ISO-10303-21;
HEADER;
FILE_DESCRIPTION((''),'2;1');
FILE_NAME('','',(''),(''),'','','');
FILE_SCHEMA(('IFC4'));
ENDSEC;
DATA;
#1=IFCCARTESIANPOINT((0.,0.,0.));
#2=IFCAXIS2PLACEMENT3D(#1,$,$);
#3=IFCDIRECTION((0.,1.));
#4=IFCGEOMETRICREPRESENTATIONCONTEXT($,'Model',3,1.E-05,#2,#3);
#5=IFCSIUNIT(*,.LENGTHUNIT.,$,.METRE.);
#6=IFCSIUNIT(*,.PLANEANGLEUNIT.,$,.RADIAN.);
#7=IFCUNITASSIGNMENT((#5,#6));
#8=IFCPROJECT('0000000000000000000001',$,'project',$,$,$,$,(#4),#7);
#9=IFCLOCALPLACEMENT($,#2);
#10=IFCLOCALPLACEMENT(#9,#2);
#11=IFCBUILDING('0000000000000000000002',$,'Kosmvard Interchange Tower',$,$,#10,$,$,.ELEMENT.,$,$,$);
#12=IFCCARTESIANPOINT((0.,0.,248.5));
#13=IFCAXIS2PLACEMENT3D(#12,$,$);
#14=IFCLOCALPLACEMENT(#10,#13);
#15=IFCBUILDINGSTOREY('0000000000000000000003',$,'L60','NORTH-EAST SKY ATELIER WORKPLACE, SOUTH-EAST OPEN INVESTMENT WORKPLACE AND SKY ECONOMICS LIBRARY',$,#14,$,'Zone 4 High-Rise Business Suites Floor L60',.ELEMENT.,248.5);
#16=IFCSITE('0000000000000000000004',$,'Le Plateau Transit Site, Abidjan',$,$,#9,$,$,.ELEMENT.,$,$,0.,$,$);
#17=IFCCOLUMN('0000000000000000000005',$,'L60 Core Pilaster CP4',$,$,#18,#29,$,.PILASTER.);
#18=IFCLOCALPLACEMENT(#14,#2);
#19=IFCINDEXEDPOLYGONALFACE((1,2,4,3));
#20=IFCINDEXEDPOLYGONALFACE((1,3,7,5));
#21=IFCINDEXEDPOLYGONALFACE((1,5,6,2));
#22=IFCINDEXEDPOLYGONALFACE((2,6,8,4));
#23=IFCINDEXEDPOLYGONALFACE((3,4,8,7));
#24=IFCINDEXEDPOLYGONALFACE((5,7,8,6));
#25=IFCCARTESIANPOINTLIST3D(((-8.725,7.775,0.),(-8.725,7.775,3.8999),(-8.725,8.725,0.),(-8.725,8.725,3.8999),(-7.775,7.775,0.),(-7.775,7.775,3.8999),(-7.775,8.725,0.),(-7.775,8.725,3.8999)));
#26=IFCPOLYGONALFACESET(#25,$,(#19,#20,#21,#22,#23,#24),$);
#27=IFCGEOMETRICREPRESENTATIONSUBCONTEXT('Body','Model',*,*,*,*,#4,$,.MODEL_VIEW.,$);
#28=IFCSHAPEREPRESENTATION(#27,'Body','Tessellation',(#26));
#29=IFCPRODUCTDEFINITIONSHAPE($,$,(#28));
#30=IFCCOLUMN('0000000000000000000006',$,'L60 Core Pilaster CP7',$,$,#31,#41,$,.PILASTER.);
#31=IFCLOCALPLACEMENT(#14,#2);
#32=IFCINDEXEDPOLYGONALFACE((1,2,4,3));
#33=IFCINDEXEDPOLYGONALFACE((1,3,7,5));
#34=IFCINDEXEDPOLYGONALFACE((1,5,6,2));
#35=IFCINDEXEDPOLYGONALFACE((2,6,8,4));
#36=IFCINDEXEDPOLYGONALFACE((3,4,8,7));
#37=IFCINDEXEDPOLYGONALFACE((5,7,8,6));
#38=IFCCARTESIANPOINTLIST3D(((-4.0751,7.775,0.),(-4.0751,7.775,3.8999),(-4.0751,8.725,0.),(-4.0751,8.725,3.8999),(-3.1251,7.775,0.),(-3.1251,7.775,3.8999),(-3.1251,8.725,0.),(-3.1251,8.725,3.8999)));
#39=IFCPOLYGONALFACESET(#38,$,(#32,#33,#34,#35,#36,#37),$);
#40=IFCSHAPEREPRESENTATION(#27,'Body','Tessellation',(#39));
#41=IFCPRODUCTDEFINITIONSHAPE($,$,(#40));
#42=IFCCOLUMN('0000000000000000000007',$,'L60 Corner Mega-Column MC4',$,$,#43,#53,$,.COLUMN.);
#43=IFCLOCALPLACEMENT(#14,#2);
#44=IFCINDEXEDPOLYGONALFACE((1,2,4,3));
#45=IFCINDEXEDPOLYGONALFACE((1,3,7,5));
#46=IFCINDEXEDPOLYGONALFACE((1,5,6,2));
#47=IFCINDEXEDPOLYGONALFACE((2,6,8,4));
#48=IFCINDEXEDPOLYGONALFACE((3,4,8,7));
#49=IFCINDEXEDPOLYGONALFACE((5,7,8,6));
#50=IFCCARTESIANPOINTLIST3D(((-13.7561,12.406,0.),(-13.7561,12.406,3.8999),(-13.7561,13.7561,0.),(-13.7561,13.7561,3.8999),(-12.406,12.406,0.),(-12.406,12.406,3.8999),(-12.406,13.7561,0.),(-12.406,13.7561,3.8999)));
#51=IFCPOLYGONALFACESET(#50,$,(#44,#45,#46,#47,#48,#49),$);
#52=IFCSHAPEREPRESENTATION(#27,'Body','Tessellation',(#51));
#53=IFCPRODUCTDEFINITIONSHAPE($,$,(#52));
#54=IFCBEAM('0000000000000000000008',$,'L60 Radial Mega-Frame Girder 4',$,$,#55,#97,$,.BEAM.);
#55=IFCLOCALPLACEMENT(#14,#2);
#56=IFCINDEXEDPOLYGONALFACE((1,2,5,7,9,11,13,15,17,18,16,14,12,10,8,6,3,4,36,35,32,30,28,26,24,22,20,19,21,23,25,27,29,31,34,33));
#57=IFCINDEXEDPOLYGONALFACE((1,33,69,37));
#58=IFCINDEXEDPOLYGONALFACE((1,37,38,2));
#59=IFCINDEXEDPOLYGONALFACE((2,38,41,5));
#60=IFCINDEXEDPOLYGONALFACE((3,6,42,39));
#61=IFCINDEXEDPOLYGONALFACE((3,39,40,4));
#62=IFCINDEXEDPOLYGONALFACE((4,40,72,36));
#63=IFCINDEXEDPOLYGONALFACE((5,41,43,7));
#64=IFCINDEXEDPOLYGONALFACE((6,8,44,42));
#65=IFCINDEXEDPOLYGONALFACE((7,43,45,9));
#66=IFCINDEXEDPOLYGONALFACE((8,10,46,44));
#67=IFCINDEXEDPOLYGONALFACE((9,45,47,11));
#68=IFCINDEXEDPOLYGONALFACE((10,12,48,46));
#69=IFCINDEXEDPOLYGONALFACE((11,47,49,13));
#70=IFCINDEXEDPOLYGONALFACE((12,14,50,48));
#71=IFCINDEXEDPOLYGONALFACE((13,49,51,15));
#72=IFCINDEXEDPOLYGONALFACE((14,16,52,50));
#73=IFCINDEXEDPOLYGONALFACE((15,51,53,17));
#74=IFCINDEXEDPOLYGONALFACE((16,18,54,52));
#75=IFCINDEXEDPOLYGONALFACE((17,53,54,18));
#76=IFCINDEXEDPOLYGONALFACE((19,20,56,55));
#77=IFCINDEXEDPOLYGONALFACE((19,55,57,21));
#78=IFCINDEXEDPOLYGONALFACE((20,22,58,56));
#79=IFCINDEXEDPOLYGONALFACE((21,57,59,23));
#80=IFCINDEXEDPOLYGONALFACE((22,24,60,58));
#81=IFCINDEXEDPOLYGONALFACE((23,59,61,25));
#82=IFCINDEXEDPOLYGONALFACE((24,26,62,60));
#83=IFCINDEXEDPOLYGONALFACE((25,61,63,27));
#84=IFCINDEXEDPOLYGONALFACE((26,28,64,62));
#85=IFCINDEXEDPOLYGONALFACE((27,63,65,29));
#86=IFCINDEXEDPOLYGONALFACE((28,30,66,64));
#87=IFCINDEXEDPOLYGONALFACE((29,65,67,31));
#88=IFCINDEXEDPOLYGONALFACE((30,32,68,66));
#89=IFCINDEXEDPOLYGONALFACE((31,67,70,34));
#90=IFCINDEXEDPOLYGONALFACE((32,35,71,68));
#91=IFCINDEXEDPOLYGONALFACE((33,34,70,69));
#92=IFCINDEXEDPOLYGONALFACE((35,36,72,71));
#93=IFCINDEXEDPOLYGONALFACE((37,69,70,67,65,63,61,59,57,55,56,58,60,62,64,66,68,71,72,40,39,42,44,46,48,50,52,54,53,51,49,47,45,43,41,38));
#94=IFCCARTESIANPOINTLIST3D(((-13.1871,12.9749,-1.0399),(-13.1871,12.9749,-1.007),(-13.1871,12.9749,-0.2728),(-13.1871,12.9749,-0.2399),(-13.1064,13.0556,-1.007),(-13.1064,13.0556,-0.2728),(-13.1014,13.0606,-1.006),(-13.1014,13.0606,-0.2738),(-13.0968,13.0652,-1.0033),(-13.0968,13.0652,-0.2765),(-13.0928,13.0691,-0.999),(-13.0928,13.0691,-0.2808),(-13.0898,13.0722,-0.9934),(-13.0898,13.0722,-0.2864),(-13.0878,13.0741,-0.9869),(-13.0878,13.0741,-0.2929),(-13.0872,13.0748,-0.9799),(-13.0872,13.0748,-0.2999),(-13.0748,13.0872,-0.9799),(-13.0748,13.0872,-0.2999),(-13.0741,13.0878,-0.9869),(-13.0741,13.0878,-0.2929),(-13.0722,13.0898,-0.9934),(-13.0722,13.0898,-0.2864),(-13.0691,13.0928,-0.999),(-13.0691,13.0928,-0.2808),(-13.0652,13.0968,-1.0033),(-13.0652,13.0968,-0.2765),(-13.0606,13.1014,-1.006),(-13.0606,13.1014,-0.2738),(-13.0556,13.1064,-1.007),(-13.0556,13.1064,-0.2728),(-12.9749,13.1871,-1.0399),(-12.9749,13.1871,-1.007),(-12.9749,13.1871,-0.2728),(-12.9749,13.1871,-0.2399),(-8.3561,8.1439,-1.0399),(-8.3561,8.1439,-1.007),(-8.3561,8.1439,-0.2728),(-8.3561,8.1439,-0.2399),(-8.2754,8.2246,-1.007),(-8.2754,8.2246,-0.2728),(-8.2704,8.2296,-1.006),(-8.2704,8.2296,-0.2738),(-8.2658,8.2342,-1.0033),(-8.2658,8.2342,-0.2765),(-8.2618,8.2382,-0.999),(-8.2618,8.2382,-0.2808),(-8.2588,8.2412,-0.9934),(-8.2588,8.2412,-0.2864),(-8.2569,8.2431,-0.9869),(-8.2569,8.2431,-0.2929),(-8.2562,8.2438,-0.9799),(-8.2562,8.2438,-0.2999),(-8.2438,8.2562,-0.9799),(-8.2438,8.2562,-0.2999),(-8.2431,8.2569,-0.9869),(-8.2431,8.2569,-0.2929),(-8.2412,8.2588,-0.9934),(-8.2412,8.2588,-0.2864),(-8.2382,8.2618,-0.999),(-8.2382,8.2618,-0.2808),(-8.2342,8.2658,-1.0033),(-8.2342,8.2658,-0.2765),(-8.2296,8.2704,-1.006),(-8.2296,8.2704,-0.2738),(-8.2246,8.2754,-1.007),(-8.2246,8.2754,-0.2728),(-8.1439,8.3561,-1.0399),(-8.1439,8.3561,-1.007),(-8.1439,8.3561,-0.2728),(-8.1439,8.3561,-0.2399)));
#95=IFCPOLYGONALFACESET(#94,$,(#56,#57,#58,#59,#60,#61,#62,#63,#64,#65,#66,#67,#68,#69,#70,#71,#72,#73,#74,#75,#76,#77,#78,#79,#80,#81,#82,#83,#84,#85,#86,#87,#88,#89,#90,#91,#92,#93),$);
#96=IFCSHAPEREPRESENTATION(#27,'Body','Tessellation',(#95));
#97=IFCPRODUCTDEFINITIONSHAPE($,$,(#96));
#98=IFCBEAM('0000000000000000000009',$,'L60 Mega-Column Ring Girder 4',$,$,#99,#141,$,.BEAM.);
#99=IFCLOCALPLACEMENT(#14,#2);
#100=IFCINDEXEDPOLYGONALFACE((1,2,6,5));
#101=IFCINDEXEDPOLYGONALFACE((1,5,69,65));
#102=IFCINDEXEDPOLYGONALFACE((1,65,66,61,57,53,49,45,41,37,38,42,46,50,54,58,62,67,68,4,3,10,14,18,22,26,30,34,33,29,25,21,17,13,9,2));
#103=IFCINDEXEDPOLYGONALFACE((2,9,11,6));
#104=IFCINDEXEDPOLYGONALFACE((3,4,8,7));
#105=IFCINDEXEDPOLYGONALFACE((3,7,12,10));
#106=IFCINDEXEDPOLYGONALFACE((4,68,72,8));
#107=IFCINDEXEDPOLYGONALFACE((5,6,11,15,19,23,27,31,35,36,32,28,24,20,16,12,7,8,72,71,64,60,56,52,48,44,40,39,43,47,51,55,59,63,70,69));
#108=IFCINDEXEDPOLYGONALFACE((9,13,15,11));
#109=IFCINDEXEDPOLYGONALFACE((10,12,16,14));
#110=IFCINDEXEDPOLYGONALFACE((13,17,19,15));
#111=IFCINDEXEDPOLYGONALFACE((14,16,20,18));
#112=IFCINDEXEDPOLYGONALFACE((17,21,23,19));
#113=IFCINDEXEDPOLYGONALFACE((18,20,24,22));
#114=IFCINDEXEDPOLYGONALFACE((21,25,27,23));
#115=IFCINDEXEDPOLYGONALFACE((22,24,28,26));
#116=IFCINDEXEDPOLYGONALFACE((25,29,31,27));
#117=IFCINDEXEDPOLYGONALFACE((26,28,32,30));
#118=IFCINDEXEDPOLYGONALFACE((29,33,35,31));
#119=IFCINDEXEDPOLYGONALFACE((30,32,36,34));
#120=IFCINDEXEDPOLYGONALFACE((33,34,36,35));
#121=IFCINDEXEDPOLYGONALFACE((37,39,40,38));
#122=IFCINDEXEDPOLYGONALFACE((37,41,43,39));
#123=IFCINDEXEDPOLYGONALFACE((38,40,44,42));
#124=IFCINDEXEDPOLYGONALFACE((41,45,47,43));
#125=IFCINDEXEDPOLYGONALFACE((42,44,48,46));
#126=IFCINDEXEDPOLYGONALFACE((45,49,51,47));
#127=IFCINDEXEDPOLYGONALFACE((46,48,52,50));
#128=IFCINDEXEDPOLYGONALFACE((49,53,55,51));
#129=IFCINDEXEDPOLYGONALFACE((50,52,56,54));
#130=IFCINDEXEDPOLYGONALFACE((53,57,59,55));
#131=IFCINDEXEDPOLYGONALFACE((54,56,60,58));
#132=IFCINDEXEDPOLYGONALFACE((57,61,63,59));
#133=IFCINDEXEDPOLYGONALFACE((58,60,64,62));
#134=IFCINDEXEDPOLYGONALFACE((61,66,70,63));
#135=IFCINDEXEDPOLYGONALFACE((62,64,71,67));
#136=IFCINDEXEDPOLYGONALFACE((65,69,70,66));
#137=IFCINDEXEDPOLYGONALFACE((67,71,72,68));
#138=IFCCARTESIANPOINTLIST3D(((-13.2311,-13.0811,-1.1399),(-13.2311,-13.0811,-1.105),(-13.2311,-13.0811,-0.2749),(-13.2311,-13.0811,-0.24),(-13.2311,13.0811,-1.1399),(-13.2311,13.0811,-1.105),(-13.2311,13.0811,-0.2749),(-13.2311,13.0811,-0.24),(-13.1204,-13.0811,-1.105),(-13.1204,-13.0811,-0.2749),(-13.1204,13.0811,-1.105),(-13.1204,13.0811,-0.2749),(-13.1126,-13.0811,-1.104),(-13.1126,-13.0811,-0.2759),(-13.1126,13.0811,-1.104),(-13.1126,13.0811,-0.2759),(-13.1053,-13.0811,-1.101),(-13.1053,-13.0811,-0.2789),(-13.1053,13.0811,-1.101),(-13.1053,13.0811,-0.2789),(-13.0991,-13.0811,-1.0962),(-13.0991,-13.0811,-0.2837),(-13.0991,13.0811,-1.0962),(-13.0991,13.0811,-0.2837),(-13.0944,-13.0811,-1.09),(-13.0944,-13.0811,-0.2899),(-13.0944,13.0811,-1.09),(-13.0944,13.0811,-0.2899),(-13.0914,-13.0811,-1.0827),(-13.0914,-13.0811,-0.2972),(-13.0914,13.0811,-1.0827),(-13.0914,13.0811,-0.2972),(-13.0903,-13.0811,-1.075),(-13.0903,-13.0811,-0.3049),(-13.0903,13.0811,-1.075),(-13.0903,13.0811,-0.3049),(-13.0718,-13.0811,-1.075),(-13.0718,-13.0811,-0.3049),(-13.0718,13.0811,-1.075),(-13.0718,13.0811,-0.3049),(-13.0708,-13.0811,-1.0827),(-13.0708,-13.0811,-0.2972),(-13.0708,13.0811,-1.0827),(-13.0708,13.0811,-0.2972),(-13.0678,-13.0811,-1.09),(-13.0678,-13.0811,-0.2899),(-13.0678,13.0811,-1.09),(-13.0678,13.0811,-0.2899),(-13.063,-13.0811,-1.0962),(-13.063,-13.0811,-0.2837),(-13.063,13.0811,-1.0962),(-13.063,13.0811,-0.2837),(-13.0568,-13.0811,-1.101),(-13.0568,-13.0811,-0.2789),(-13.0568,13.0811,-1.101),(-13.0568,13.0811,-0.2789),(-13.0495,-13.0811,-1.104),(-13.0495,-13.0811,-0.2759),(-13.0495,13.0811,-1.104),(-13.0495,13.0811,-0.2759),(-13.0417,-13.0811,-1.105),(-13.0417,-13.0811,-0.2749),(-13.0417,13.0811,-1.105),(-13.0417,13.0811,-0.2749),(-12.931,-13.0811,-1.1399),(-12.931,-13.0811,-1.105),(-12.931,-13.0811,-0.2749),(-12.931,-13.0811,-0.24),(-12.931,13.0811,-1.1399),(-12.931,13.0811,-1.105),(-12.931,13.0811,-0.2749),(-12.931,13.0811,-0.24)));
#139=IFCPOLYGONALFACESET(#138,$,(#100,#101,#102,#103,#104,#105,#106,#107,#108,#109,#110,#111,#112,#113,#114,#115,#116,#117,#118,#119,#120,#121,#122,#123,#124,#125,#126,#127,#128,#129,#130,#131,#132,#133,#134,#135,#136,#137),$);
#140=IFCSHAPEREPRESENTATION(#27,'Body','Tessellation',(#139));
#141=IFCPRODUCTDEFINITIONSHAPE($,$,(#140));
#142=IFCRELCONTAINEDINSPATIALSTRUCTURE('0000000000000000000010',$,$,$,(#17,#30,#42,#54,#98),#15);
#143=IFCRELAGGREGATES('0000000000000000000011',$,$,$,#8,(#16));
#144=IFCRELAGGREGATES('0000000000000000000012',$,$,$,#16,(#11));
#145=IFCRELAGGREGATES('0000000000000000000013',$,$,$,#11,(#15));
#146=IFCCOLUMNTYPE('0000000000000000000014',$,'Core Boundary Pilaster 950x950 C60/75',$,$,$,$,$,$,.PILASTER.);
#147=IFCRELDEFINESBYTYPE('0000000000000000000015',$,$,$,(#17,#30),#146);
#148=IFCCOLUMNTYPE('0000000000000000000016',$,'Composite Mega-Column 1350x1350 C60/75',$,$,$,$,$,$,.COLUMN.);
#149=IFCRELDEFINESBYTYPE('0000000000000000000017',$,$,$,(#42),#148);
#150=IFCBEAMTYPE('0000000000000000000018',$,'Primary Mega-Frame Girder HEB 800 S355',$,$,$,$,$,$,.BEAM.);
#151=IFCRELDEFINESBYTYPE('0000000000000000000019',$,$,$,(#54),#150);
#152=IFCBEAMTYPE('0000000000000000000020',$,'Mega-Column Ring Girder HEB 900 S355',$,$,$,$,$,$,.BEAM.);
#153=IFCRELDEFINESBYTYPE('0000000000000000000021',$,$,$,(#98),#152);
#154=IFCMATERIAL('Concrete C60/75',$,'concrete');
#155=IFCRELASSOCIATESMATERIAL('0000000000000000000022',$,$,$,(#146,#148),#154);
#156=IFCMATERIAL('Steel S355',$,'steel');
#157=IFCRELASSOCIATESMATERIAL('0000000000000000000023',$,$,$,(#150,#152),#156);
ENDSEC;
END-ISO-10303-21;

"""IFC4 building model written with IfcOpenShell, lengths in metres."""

from ifc_helpers import new_model, si_unit, direction, frame, origin, origin_2d, place, context, subcontext, project, spatial, rectangle, i_section, extrude, source, transform, mapped, material, material_profile, profile_set, type_object, element, save


model = new_model("IFC4")

# Units and contexts
model_context = context("Model", 3, precision=1e-05, world=origin(), true_north=direction((0.0, 1.0)))
body_context = subcontext(model_context, "Body", "Model", "MODEL_VIEW")
ifc_project = project(units=[si_unit("LENGTHUNIT", "METRE"), si_unit("PLANEANGLEUNIT", "RADIAN")], contexts=[model_context])

# Site, building, storey
site_placement = place(None, origin())
site = spatial("IfcSite", under=ifc_project, at=site_placement, Name="Le Plateau Transit Site, Abidjan", CompositionType="ELEMENT", RefElevation=0.0)
building_placement = place(site_placement, origin())
building = spatial("IfcBuilding", under=site, at=building_placement, Name="Kosmvard Interchange Tower", CompositionType="ELEMENT")
storey_placement = place(building_placement, frame((0.0, 0.0, 248.5)))
storey = spatial("IfcBuildingStorey", under=building, at=storey_placement, Name="L60", Description="NORTH-EAST SKY ATELIER WORKPLACE, SOUTH-EAST OPEN INVESTMENT WORKPLACE AND SKY ECONOMICS LIBRARY", LongName="Zone 4 High-Rise Business Suites Floor L60", CompositionType="ELEMENT", Elevation=248.5)

# Columns
ifc_material_1 = material(Name="Concrete C60/75", Category="concrete")
ifc_material_profile_1 = material_profile(ifc_material_1, rectangle(XDim=0.95, YDim=0.95, at=origin_2d()), Name="CP 950x950")
ifc_profile_set_1 = profile_set([ifc_material_profile_1], Name="Concrete C60/75")
column_type_1 = type_object("IfcColumnType", Name="Core Boundary Pilaster 950x950 C60/75", PredefinedType="PILASTER", material=ifc_profile_set_1)
shared_shape_1 = source(origin(), body_context, "Body", "SweptSolid", [
    extrude(rectangle(XDim=0.95, YDim=0.95, at=origin_2d()), origin(), (0.0, 0.0, 1.0), 3.8999),
])
for number, where, z_axis, x_axis, name in (
    (1, (-8.25, 8.25, 0.0), (0.0, 0.0, 1.0), (1.0, 0.0, 0.0), "L60 Core Pilaster CP4"),
    (2, (-3.6001, 8.25, 0.0), (0.0, 0.0, 1.0), (1.0, 0.0, 0.0), "L60 Core Pilaster CP7"),
):
    element("IfcColumn", number, at=place(storey_placement, frame(where, z_axis=z_axis, x_axis=x_axis)), inside=storey, type_object=column_type_1, Name=name, PredefinedType="PILASTER", context=body_context, shape_type="MappedRepresentation", body=[
        mapped(shared_shape_1, transform((0.0, 0.0, 0.0), scale=1.0)),
    ])
ifc_material_profile_2 = material_profile(ifc_material_1, rectangle(XDim=1.3501, YDim=1.3501, at=origin_2d()), Name="MC 1350x1350")
ifc_profile_set_2 = profile_set([ifc_material_profile_2], Name="Concrete C60/75")
column_type_2 = type_object("IfcColumnType", Name="Composite Mega-Column 1350x1350 C60/75", PredefinedType="COLUMN", material=ifc_profile_set_2)
shared_shape_2 = source(origin(), body_context, "Body", "SweptSolid", [
    extrude(rectangle(XDim=1.3501, YDim=1.3501, at=origin_2d()), origin(), (0.0, 0.0, 1.0), 3.8999),
])
column_placement = place(storey_placement, frame((-13.0811, 13.0811, 0.0), z_axis=(0.0, 0.0, 1.0), x_axis=(1.0, 0.0, 0.0)))
element("IfcColumn", 3, at=column_placement, inside=storey, type_object=column_type_2, Name="L60 Corner Mega-Column MC4", PredefinedType="COLUMN", context=body_context, shape_type="MappedRepresentation", body=[
    mapped(shared_shape_2, transform((0.0, 0.0, 0.0), scale=1.0)),
])

# Beams
ifc_material_2 = material(Name="Steel S355", Category="steel")
ifc_material_profile_3 = material_profile(ifc_material_2, i_section(OverallWidth=0.3, OverallDepth=0.8, WebThickness=0.0176, FlangeThickness=0.033, FilletRadius=0.0271, at=origin_2d()), Name="HEB 800")
ifc_profile_set_3 = profile_set([ifc_material_profile_3], Name="Steel S355")
beam_type_1 = type_object("IfcBeamType", Name="Primary Mega-Frame Girder HEB 800 S355", PredefinedType="BEAM", material=ifc_profile_set_3)
shared_shape_3 = source(origin(), body_context, "Body", "SweptSolid", [
    extrude(i_section(OverallWidth=0.3, OverallDepth=0.8, WebThickness=0.0176, FlangeThickness=0.033, FilletRadius=0.0271, at=origin_2d()), origin(), (0.0, 0.0, 1.0), 6.832),
])
beam_1_placement = place(storey_placement, frame((-8.25, 8.25, -0.6399), z_axis=(-0.707107, 0.707107, 0.0), x_axis=(-0.707107, -0.707107, 0.0)))
element("IfcBeam", 4, at=beam_1_placement, inside=storey, type_object=beam_type_1, Name="L60 Radial Mega-Frame Girder 4", PredefinedType="BEAM", context=body_context, shape_type="MappedRepresentation", body=[
    mapped(shared_shape_3, transform((0.0, 0.0, 0.0), scale=1.0)),
])
ifc_material_profile_4 = material_profile(ifc_material_2, i_section(OverallWidth=0.3, OverallDepth=0.8999, WebThickness=0.0186, FlangeThickness=0.0349, FilletRadius=0.03, at=origin_2d()), Name="HEB 900")
ifc_profile_set_4 = profile_set([ifc_material_profile_4], Name="Steel S355")
beam_type_2 = type_object("IfcBeamType", Name="Mega-Column Ring Girder HEB 900 S355", PredefinedType="BEAM", material=ifc_profile_set_4)
shared_shape_4 = source(origin(), body_context, "Body", "SweptSolid", [
    extrude(i_section(OverallWidth=0.3, OverallDepth=0.8999, WebThickness=0.0186, FlangeThickness=0.0349, FilletRadius=0.03, at=origin_2d()), origin(), (0.0, 0.0, 1.0), 26.1621),
])
beam_2_placement = place(storey_placement, frame((-13.0811, 13.0811, -0.6899), z_axis=(0.0, -1.0, 0.0), x_axis=(1.0, 0.0, 0.0)))
element("IfcBeam", 5, at=beam_2_placement, inside=storey, type_object=beam_type_2, Name="L60 Mega-Column Ring Girder 4", PredefinedType="BEAM", context=body_context, shape_type="MappedRepresentation", body=[
    mapped(shared_shape_4, transform((0.0, 0.0, 0.0), scale=1.0)),
])

save(model, "model.ifc")
